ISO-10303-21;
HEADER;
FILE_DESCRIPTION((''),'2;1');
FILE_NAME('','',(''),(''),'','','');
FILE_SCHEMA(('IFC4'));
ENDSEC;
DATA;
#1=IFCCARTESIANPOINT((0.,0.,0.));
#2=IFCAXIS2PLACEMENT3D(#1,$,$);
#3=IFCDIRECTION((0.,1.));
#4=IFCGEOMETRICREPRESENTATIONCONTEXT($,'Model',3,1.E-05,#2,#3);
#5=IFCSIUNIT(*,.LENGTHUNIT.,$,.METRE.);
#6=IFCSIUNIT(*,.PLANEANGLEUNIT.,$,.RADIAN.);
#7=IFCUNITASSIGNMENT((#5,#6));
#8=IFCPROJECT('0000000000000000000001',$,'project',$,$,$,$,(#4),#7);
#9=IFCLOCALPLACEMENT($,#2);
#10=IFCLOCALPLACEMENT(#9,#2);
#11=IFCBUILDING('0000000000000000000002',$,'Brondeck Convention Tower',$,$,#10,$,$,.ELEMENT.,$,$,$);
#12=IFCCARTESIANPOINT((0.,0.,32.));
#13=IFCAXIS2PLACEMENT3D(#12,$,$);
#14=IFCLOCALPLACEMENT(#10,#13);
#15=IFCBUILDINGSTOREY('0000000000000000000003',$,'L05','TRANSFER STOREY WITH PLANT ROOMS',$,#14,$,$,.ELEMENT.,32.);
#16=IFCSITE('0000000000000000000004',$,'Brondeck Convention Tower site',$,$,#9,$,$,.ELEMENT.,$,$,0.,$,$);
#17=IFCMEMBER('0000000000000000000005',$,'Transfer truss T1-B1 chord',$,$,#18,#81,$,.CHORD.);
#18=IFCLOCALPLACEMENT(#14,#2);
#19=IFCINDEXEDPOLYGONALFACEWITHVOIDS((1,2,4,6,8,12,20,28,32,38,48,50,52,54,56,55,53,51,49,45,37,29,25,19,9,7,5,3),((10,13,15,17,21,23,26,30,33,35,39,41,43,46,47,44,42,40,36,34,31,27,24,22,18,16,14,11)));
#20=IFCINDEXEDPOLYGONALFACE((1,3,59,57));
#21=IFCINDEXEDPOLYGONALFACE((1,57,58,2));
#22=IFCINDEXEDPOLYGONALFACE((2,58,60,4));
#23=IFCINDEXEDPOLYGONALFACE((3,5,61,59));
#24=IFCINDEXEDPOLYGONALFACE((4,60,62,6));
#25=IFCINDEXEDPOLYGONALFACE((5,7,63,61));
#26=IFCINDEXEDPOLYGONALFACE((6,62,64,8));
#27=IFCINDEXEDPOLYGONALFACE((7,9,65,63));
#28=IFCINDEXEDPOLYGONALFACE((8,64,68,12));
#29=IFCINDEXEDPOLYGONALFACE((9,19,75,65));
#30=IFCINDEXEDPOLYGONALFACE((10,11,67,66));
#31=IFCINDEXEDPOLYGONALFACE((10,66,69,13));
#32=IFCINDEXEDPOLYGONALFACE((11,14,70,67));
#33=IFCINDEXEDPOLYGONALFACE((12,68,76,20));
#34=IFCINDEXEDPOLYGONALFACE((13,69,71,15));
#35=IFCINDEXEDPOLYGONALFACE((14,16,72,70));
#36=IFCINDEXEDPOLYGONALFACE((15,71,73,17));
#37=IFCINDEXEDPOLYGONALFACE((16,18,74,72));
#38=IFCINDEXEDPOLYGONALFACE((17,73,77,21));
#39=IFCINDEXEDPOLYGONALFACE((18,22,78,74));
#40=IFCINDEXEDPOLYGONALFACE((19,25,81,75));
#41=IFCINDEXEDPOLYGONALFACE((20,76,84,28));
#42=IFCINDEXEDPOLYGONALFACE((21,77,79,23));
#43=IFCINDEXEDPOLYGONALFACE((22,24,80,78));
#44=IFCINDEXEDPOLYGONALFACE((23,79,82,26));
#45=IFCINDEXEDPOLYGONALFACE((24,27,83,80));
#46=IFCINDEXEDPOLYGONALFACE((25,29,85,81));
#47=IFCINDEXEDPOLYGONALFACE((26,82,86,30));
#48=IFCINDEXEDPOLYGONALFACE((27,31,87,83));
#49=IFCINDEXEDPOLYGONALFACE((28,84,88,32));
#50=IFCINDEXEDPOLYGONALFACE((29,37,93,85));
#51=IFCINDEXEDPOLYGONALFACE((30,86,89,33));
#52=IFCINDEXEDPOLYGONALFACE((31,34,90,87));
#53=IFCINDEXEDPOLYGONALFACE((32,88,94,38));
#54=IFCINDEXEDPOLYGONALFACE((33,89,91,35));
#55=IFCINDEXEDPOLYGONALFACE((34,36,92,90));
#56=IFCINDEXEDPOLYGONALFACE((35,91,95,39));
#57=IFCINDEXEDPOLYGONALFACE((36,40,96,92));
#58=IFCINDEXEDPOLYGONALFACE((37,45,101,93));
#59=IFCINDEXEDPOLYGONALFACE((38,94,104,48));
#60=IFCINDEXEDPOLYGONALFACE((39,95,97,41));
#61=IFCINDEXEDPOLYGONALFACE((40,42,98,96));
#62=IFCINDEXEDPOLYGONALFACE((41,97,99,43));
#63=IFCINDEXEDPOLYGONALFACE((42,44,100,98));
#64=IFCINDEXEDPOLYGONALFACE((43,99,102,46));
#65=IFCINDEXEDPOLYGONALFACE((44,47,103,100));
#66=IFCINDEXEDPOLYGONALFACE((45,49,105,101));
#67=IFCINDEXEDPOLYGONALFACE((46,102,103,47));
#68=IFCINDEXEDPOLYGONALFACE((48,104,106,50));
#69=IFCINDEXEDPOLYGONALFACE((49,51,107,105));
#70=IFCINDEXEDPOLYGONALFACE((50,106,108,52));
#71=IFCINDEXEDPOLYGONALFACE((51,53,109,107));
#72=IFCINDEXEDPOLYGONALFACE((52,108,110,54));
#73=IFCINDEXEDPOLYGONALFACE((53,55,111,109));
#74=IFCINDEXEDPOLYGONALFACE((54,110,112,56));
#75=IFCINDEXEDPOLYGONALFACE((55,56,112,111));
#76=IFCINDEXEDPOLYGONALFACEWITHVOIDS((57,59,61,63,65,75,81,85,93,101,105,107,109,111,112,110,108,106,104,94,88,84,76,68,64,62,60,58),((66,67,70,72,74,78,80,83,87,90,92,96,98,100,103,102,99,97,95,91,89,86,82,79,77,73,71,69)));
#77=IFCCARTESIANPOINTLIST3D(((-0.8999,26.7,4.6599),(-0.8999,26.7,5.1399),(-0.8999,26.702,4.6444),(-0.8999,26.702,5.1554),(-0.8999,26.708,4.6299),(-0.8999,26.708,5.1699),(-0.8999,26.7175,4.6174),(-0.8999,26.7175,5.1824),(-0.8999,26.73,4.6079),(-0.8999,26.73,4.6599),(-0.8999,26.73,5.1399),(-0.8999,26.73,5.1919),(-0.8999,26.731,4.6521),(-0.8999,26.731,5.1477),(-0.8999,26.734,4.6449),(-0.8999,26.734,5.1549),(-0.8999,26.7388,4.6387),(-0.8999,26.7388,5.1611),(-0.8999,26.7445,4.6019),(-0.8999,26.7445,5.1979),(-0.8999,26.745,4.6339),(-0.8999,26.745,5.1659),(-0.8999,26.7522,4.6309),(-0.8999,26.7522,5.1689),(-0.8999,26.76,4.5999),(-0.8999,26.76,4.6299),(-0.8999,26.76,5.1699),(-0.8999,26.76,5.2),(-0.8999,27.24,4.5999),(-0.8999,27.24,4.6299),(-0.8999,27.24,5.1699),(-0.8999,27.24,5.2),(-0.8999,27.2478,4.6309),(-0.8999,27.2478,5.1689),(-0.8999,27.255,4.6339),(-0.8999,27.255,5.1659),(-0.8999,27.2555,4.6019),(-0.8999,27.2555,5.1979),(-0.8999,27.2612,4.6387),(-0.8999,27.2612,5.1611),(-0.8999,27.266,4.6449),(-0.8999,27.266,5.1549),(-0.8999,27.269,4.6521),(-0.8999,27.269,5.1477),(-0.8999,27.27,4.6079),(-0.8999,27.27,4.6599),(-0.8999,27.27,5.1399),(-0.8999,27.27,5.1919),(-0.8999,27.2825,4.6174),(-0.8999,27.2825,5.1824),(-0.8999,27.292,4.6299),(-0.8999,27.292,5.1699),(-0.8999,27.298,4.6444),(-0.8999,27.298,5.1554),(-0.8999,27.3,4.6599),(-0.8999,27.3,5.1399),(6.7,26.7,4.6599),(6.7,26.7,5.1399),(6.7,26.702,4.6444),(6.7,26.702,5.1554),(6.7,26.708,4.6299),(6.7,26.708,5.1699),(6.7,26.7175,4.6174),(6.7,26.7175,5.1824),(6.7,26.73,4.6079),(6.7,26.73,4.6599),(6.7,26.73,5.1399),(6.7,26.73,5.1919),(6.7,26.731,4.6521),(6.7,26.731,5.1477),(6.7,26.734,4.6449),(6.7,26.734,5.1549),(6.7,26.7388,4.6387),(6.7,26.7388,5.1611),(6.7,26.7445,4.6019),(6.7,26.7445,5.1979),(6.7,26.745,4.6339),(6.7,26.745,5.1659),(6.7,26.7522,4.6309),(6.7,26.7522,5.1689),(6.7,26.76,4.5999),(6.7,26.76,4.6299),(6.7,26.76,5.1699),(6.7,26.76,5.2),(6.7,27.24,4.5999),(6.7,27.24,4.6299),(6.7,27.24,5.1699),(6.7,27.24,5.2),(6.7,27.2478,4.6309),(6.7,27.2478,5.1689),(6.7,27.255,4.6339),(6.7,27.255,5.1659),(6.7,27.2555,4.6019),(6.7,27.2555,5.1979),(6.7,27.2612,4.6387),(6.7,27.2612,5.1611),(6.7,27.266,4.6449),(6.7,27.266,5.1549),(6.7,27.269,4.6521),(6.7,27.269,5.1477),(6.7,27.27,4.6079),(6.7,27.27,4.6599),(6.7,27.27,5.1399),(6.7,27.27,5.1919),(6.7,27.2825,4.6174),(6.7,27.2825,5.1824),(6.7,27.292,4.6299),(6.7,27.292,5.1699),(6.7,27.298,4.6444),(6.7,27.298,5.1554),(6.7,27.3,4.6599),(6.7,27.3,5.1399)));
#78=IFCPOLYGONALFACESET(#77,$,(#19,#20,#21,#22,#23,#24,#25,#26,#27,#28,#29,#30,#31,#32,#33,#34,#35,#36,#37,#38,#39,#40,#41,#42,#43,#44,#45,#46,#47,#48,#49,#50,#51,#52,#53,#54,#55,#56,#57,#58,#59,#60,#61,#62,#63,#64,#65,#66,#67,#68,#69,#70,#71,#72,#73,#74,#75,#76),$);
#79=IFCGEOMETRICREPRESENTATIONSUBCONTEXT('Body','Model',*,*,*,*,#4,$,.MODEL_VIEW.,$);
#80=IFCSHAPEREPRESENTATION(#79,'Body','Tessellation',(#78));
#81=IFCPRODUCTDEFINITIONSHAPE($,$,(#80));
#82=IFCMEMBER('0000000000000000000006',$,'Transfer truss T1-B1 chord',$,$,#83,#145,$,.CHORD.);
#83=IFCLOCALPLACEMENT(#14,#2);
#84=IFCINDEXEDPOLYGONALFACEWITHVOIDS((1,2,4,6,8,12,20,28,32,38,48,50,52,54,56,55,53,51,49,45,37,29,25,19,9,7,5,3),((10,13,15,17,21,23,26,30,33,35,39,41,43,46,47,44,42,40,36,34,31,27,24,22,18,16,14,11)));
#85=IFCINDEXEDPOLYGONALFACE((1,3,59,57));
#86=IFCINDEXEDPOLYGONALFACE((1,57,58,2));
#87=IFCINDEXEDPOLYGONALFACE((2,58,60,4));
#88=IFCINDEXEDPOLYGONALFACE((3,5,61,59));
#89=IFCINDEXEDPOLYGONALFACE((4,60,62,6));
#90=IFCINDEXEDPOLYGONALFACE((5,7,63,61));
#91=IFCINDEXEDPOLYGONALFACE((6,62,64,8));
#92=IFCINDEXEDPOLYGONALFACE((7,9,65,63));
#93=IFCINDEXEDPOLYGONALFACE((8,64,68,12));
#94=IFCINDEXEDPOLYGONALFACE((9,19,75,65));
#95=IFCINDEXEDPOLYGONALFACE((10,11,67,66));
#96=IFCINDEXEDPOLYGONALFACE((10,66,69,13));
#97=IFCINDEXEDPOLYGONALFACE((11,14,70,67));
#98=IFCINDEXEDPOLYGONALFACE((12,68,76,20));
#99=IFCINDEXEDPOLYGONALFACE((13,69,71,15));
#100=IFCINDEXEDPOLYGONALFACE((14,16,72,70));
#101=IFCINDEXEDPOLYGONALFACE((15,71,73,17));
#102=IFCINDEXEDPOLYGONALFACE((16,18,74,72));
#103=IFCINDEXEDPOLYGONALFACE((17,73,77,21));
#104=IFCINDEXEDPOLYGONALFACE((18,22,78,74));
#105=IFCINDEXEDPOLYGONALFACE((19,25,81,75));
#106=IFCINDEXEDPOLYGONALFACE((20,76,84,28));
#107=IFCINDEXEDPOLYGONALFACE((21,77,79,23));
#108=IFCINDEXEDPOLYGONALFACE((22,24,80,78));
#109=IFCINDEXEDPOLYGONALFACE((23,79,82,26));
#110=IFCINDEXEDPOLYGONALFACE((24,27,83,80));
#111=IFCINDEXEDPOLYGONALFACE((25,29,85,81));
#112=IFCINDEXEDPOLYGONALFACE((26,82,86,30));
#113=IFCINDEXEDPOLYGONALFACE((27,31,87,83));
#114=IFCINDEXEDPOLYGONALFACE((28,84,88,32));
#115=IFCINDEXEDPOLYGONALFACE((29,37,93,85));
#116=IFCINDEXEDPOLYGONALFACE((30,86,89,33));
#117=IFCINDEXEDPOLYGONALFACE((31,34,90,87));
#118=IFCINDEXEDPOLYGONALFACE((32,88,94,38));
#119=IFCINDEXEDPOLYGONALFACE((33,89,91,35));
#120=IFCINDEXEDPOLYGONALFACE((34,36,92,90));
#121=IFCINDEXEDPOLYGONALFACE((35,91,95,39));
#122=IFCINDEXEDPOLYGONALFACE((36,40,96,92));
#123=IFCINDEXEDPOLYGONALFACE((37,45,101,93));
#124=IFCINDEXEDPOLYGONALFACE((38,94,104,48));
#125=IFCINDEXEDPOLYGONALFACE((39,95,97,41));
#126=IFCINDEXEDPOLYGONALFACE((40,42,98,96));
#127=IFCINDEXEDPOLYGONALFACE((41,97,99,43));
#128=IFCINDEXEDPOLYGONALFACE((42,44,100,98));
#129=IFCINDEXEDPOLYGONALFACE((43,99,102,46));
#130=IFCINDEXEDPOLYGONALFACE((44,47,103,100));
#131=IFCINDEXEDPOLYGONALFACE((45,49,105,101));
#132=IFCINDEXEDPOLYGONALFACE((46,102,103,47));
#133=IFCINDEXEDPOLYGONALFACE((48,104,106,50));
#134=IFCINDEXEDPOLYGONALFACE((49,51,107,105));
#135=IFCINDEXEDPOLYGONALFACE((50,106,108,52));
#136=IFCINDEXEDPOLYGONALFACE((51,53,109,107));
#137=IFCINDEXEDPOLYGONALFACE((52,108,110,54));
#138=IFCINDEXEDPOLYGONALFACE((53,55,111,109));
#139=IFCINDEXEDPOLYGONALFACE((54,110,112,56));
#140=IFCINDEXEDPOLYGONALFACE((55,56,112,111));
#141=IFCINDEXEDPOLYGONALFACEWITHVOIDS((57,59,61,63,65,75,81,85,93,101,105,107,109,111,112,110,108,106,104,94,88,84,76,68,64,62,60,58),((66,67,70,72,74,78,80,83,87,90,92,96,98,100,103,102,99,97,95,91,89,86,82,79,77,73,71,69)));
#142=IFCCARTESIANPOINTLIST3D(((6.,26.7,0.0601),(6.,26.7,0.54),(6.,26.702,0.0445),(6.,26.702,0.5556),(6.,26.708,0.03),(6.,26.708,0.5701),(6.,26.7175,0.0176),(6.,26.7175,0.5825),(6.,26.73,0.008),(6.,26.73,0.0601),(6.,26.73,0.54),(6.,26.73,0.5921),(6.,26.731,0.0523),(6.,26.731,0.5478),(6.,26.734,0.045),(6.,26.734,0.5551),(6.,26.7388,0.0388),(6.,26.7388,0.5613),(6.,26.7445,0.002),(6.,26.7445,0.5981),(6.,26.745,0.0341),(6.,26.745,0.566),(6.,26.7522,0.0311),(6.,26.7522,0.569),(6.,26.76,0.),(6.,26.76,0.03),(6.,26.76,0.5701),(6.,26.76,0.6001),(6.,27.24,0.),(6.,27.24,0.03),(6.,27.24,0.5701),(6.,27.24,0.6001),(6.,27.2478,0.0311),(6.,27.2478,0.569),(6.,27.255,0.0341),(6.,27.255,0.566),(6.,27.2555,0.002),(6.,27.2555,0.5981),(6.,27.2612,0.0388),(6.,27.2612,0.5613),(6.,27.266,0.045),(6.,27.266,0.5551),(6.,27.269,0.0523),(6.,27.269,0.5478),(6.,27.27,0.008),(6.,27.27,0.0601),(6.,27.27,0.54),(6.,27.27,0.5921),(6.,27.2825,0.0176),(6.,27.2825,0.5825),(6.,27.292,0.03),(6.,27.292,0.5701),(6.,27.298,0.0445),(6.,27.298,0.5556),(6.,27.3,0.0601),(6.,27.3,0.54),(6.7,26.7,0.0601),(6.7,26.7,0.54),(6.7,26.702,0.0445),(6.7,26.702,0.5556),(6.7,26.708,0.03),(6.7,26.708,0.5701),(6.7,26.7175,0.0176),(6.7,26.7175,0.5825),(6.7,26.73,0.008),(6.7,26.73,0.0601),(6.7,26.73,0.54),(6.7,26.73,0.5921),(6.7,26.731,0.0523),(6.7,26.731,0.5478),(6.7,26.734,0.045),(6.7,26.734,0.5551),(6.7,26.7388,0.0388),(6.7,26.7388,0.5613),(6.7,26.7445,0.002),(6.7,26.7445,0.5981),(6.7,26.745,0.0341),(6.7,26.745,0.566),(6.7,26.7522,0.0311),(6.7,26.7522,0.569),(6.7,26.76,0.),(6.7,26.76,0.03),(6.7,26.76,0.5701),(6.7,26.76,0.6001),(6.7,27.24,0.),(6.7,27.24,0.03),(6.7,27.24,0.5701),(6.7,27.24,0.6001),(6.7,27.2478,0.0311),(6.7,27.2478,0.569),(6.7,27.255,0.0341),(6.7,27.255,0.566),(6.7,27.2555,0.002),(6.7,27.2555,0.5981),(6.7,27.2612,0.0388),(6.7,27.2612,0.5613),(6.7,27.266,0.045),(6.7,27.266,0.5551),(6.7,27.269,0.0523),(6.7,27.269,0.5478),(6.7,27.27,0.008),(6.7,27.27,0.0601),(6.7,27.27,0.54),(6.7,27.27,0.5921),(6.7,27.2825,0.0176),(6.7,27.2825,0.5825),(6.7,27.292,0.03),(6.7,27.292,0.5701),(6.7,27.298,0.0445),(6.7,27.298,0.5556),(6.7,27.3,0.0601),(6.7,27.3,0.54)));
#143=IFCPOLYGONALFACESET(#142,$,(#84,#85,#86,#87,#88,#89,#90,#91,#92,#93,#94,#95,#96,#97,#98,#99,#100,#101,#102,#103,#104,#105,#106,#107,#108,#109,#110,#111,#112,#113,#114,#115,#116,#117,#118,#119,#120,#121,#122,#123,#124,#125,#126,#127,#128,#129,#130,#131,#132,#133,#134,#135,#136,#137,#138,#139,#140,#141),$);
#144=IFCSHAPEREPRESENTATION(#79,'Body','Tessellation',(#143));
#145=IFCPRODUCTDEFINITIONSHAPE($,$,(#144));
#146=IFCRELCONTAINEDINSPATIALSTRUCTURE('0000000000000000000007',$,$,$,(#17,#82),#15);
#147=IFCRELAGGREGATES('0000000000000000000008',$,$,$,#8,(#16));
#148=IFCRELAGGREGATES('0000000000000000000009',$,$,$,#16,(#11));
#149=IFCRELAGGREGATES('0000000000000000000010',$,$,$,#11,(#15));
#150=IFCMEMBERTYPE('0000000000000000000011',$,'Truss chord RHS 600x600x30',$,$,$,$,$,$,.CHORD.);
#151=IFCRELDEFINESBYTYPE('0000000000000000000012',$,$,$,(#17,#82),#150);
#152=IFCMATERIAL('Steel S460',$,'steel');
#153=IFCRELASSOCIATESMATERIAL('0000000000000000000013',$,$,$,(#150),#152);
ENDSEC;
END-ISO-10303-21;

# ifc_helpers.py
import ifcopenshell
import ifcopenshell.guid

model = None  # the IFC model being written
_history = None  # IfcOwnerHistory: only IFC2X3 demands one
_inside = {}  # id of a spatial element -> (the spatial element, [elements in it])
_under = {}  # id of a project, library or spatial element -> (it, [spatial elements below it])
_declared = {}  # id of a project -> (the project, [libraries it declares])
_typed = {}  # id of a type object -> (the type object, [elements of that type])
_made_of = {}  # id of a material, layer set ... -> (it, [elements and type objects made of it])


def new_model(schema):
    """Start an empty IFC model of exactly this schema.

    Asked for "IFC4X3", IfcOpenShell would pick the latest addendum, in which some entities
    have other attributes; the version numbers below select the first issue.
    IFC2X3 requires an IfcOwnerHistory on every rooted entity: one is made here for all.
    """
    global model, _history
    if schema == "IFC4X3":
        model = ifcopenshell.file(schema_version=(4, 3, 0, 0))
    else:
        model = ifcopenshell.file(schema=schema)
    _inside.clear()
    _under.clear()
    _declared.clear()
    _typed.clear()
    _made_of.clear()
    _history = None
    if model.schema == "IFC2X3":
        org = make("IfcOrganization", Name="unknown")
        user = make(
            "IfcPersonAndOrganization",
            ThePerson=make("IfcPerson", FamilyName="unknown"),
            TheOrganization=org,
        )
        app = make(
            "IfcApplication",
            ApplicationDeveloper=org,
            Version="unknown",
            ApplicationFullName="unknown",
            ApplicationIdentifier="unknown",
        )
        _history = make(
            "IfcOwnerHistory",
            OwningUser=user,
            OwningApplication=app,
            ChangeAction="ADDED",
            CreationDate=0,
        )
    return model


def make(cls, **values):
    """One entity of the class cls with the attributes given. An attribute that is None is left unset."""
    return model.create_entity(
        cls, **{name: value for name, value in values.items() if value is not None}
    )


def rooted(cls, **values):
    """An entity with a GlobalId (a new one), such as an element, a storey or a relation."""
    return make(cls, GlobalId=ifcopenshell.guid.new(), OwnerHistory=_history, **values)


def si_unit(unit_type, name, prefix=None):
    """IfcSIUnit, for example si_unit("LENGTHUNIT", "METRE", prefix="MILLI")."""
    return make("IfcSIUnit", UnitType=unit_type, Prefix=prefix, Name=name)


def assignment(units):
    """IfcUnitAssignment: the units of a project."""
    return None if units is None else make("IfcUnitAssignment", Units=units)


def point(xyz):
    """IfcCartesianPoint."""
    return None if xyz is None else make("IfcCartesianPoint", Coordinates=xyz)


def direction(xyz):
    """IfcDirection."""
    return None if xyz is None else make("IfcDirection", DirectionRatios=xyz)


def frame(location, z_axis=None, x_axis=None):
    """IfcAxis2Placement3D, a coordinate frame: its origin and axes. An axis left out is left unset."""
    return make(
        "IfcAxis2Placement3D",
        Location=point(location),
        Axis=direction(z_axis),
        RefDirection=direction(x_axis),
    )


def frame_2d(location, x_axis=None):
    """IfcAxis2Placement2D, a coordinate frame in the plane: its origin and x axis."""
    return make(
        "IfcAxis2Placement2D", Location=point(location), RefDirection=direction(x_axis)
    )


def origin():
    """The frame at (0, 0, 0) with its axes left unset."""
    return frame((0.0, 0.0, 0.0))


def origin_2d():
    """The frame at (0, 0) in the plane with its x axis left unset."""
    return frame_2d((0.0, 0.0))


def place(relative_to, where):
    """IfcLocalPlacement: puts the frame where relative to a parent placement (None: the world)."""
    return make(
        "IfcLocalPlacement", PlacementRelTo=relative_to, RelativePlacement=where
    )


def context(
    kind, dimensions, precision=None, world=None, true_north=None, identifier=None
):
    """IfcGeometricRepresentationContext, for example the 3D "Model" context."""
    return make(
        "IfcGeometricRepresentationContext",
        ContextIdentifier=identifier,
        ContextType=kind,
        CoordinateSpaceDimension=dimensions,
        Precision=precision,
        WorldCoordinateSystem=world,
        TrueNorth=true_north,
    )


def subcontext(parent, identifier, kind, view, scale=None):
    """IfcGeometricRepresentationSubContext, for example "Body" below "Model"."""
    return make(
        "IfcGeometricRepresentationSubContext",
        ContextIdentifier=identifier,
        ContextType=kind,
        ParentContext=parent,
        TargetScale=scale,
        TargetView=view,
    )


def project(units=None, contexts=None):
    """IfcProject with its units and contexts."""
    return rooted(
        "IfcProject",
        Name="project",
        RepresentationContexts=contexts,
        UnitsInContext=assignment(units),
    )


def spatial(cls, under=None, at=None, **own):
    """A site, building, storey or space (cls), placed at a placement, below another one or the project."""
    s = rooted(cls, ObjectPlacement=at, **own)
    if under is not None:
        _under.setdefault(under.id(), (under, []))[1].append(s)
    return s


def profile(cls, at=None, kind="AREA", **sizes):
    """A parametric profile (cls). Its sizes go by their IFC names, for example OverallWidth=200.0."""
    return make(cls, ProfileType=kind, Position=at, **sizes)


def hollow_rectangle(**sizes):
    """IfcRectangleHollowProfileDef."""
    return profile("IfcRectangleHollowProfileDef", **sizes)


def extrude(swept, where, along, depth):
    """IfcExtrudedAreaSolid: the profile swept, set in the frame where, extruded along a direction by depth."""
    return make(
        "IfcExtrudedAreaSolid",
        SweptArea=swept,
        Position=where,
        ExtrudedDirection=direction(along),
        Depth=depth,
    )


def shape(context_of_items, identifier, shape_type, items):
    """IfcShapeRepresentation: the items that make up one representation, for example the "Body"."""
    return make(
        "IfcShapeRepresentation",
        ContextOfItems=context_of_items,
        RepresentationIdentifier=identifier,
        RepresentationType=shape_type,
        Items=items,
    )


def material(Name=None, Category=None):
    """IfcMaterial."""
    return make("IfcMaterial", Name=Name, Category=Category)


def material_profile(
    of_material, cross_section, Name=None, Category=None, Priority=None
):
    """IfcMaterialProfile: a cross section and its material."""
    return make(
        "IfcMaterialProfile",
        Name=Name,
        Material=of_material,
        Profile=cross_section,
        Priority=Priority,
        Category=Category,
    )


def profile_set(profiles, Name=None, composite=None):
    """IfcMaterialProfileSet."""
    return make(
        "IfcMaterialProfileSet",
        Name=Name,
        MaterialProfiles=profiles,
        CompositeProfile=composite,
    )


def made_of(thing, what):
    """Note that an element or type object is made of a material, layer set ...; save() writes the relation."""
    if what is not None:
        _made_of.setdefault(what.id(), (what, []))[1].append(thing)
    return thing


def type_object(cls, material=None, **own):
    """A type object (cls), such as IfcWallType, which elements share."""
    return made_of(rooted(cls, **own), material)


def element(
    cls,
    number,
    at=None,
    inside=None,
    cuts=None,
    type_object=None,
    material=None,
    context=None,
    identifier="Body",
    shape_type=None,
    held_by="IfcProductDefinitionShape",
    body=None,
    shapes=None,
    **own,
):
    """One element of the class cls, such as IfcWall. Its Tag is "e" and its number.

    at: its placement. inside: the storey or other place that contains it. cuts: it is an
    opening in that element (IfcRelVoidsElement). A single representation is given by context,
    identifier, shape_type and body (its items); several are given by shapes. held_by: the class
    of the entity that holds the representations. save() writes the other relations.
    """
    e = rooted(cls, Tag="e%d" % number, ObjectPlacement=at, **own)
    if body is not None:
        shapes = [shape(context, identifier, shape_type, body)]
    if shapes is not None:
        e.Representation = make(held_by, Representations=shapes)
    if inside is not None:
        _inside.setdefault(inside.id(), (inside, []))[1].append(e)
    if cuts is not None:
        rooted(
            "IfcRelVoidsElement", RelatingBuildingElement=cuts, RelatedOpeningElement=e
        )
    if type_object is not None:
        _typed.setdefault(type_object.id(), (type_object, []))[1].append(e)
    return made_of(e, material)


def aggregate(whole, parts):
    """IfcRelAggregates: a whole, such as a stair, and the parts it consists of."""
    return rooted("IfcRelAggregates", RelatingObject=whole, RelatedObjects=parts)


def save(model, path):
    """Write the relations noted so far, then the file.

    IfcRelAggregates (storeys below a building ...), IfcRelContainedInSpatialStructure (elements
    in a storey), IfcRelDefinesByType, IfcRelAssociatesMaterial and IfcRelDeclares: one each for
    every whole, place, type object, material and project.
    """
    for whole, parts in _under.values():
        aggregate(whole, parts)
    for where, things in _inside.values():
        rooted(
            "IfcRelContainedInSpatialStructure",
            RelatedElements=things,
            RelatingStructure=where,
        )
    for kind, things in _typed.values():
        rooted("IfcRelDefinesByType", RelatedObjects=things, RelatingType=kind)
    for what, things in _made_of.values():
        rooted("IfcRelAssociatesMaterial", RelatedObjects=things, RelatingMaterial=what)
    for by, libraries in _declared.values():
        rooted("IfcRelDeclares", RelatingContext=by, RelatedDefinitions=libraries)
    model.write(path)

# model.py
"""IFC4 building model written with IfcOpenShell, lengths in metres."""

from ifc_helpers import new_model, si_unit, direction, frame, origin, origin_2d, place, context, subcontext, project, spatial, hollow_rectangle, extrude, material, material_profile, profile_set, type_object, element, save


model = new_model("IFC4")

# Units and contexts
model_context = context("Model", 3, precision=1e-05, world=origin(), true_north=direction((0.0, 1.0)))
body_context = subcontext(model_context, "Body", "Model", "MODEL_VIEW")
ifc_project = project(units=[si_unit("LENGTHUNIT", "METRE"), si_unit("PLANEANGLEUNIT", "RADIAN")], contexts=[model_context])

# Site, building, storey
site_placement = place(None, origin())
site = spatial("IfcSite", under=ifc_project, at=site_placement, Name="Brondeck Convention Tower site", CompositionType="ELEMENT", RefElevation=0.0)
building_placement = place(site_placement, origin())
building = spatial("IfcBuilding", under=site, at=building_placement, Name="Brondeck Convention Tower", CompositionType="ELEMENT")
storey_placement = place(building_placement, frame((0.0, 0.0, 32.0)))
storey = spatial("IfcBuildingStorey", under=building, at=storey_placement, Name="L05", Description="TRANSFER STOREY WITH PLANT ROOMS", CompositionType="ELEMENT", Elevation=32.0)

# Shared definitions
ifc_material_1 = material(Name="Steel S460", Category="steel")

# Members
ifc_material_profile_1 = material_profile(ifc_material_1, hollow_rectangle(XDim=0.6001, YDim=0.6001, WallThickness=0.03, InnerFilletRadius=0.03, OuterFilletRadius=0.0601, at=origin_2d()), Name="RHS 600x600x30")
ifc_profile_set_1 = profile_set([ifc_material_profile_1], Name="Steel S460")
member_type_1 = type_object("IfcMemberType", Name="Truss chord RHS 600x600x30", PredefinedType="CHORD", material=ifc_profile_set_1)
member_1_placement = place(storey_placement, frame((6.7, 27.0, 4.8999), z_axis=(-1.0, 0.0, 0.0), x_axis=(0.0, -1.0, 0.0)))
element("IfcMember", 1, at=member_1_placement, inside=storey, type_object=member_type_1, Name="Transfer truss T1-B1 chord", PredefinedType="CHORD", context=body_context, shape_type="SweptSolid", body=[
    extrude(hollow_rectangle(XDim=0.6001, YDim=0.6001, WallThickness=0.03, InnerFilletRadius=0.03, OuterFilletRadius=0.0601, at=origin_2d()), origin(), (0.0, 0.0, 1.0), 7.5999),
])
member_2_placement = place(storey_placement, frame((6.7, 27.0, 0.3), z_axis=(-1.0, 0.0, 0.0), x_axis=(0.0, -1.0, 0.0)))
element("IfcMember", 2, at=member_2_placement, inside=storey, type_object=member_type_1, Name="Transfer truss T1-B1 chord", PredefinedType="CHORD", context=body_context, shape_type="SweptSolid", body=[
    extrude(hollow_rectangle(XDim=0.6001, YDim=0.6001, WallThickness=0.03, InnerFilletRadius=0.03, OuterFilletRadius=0.0601, at=origin_2d()), origin(), (0.0, 0.0, 1.0), 0.7),
])

save(model, "model.ifc")
